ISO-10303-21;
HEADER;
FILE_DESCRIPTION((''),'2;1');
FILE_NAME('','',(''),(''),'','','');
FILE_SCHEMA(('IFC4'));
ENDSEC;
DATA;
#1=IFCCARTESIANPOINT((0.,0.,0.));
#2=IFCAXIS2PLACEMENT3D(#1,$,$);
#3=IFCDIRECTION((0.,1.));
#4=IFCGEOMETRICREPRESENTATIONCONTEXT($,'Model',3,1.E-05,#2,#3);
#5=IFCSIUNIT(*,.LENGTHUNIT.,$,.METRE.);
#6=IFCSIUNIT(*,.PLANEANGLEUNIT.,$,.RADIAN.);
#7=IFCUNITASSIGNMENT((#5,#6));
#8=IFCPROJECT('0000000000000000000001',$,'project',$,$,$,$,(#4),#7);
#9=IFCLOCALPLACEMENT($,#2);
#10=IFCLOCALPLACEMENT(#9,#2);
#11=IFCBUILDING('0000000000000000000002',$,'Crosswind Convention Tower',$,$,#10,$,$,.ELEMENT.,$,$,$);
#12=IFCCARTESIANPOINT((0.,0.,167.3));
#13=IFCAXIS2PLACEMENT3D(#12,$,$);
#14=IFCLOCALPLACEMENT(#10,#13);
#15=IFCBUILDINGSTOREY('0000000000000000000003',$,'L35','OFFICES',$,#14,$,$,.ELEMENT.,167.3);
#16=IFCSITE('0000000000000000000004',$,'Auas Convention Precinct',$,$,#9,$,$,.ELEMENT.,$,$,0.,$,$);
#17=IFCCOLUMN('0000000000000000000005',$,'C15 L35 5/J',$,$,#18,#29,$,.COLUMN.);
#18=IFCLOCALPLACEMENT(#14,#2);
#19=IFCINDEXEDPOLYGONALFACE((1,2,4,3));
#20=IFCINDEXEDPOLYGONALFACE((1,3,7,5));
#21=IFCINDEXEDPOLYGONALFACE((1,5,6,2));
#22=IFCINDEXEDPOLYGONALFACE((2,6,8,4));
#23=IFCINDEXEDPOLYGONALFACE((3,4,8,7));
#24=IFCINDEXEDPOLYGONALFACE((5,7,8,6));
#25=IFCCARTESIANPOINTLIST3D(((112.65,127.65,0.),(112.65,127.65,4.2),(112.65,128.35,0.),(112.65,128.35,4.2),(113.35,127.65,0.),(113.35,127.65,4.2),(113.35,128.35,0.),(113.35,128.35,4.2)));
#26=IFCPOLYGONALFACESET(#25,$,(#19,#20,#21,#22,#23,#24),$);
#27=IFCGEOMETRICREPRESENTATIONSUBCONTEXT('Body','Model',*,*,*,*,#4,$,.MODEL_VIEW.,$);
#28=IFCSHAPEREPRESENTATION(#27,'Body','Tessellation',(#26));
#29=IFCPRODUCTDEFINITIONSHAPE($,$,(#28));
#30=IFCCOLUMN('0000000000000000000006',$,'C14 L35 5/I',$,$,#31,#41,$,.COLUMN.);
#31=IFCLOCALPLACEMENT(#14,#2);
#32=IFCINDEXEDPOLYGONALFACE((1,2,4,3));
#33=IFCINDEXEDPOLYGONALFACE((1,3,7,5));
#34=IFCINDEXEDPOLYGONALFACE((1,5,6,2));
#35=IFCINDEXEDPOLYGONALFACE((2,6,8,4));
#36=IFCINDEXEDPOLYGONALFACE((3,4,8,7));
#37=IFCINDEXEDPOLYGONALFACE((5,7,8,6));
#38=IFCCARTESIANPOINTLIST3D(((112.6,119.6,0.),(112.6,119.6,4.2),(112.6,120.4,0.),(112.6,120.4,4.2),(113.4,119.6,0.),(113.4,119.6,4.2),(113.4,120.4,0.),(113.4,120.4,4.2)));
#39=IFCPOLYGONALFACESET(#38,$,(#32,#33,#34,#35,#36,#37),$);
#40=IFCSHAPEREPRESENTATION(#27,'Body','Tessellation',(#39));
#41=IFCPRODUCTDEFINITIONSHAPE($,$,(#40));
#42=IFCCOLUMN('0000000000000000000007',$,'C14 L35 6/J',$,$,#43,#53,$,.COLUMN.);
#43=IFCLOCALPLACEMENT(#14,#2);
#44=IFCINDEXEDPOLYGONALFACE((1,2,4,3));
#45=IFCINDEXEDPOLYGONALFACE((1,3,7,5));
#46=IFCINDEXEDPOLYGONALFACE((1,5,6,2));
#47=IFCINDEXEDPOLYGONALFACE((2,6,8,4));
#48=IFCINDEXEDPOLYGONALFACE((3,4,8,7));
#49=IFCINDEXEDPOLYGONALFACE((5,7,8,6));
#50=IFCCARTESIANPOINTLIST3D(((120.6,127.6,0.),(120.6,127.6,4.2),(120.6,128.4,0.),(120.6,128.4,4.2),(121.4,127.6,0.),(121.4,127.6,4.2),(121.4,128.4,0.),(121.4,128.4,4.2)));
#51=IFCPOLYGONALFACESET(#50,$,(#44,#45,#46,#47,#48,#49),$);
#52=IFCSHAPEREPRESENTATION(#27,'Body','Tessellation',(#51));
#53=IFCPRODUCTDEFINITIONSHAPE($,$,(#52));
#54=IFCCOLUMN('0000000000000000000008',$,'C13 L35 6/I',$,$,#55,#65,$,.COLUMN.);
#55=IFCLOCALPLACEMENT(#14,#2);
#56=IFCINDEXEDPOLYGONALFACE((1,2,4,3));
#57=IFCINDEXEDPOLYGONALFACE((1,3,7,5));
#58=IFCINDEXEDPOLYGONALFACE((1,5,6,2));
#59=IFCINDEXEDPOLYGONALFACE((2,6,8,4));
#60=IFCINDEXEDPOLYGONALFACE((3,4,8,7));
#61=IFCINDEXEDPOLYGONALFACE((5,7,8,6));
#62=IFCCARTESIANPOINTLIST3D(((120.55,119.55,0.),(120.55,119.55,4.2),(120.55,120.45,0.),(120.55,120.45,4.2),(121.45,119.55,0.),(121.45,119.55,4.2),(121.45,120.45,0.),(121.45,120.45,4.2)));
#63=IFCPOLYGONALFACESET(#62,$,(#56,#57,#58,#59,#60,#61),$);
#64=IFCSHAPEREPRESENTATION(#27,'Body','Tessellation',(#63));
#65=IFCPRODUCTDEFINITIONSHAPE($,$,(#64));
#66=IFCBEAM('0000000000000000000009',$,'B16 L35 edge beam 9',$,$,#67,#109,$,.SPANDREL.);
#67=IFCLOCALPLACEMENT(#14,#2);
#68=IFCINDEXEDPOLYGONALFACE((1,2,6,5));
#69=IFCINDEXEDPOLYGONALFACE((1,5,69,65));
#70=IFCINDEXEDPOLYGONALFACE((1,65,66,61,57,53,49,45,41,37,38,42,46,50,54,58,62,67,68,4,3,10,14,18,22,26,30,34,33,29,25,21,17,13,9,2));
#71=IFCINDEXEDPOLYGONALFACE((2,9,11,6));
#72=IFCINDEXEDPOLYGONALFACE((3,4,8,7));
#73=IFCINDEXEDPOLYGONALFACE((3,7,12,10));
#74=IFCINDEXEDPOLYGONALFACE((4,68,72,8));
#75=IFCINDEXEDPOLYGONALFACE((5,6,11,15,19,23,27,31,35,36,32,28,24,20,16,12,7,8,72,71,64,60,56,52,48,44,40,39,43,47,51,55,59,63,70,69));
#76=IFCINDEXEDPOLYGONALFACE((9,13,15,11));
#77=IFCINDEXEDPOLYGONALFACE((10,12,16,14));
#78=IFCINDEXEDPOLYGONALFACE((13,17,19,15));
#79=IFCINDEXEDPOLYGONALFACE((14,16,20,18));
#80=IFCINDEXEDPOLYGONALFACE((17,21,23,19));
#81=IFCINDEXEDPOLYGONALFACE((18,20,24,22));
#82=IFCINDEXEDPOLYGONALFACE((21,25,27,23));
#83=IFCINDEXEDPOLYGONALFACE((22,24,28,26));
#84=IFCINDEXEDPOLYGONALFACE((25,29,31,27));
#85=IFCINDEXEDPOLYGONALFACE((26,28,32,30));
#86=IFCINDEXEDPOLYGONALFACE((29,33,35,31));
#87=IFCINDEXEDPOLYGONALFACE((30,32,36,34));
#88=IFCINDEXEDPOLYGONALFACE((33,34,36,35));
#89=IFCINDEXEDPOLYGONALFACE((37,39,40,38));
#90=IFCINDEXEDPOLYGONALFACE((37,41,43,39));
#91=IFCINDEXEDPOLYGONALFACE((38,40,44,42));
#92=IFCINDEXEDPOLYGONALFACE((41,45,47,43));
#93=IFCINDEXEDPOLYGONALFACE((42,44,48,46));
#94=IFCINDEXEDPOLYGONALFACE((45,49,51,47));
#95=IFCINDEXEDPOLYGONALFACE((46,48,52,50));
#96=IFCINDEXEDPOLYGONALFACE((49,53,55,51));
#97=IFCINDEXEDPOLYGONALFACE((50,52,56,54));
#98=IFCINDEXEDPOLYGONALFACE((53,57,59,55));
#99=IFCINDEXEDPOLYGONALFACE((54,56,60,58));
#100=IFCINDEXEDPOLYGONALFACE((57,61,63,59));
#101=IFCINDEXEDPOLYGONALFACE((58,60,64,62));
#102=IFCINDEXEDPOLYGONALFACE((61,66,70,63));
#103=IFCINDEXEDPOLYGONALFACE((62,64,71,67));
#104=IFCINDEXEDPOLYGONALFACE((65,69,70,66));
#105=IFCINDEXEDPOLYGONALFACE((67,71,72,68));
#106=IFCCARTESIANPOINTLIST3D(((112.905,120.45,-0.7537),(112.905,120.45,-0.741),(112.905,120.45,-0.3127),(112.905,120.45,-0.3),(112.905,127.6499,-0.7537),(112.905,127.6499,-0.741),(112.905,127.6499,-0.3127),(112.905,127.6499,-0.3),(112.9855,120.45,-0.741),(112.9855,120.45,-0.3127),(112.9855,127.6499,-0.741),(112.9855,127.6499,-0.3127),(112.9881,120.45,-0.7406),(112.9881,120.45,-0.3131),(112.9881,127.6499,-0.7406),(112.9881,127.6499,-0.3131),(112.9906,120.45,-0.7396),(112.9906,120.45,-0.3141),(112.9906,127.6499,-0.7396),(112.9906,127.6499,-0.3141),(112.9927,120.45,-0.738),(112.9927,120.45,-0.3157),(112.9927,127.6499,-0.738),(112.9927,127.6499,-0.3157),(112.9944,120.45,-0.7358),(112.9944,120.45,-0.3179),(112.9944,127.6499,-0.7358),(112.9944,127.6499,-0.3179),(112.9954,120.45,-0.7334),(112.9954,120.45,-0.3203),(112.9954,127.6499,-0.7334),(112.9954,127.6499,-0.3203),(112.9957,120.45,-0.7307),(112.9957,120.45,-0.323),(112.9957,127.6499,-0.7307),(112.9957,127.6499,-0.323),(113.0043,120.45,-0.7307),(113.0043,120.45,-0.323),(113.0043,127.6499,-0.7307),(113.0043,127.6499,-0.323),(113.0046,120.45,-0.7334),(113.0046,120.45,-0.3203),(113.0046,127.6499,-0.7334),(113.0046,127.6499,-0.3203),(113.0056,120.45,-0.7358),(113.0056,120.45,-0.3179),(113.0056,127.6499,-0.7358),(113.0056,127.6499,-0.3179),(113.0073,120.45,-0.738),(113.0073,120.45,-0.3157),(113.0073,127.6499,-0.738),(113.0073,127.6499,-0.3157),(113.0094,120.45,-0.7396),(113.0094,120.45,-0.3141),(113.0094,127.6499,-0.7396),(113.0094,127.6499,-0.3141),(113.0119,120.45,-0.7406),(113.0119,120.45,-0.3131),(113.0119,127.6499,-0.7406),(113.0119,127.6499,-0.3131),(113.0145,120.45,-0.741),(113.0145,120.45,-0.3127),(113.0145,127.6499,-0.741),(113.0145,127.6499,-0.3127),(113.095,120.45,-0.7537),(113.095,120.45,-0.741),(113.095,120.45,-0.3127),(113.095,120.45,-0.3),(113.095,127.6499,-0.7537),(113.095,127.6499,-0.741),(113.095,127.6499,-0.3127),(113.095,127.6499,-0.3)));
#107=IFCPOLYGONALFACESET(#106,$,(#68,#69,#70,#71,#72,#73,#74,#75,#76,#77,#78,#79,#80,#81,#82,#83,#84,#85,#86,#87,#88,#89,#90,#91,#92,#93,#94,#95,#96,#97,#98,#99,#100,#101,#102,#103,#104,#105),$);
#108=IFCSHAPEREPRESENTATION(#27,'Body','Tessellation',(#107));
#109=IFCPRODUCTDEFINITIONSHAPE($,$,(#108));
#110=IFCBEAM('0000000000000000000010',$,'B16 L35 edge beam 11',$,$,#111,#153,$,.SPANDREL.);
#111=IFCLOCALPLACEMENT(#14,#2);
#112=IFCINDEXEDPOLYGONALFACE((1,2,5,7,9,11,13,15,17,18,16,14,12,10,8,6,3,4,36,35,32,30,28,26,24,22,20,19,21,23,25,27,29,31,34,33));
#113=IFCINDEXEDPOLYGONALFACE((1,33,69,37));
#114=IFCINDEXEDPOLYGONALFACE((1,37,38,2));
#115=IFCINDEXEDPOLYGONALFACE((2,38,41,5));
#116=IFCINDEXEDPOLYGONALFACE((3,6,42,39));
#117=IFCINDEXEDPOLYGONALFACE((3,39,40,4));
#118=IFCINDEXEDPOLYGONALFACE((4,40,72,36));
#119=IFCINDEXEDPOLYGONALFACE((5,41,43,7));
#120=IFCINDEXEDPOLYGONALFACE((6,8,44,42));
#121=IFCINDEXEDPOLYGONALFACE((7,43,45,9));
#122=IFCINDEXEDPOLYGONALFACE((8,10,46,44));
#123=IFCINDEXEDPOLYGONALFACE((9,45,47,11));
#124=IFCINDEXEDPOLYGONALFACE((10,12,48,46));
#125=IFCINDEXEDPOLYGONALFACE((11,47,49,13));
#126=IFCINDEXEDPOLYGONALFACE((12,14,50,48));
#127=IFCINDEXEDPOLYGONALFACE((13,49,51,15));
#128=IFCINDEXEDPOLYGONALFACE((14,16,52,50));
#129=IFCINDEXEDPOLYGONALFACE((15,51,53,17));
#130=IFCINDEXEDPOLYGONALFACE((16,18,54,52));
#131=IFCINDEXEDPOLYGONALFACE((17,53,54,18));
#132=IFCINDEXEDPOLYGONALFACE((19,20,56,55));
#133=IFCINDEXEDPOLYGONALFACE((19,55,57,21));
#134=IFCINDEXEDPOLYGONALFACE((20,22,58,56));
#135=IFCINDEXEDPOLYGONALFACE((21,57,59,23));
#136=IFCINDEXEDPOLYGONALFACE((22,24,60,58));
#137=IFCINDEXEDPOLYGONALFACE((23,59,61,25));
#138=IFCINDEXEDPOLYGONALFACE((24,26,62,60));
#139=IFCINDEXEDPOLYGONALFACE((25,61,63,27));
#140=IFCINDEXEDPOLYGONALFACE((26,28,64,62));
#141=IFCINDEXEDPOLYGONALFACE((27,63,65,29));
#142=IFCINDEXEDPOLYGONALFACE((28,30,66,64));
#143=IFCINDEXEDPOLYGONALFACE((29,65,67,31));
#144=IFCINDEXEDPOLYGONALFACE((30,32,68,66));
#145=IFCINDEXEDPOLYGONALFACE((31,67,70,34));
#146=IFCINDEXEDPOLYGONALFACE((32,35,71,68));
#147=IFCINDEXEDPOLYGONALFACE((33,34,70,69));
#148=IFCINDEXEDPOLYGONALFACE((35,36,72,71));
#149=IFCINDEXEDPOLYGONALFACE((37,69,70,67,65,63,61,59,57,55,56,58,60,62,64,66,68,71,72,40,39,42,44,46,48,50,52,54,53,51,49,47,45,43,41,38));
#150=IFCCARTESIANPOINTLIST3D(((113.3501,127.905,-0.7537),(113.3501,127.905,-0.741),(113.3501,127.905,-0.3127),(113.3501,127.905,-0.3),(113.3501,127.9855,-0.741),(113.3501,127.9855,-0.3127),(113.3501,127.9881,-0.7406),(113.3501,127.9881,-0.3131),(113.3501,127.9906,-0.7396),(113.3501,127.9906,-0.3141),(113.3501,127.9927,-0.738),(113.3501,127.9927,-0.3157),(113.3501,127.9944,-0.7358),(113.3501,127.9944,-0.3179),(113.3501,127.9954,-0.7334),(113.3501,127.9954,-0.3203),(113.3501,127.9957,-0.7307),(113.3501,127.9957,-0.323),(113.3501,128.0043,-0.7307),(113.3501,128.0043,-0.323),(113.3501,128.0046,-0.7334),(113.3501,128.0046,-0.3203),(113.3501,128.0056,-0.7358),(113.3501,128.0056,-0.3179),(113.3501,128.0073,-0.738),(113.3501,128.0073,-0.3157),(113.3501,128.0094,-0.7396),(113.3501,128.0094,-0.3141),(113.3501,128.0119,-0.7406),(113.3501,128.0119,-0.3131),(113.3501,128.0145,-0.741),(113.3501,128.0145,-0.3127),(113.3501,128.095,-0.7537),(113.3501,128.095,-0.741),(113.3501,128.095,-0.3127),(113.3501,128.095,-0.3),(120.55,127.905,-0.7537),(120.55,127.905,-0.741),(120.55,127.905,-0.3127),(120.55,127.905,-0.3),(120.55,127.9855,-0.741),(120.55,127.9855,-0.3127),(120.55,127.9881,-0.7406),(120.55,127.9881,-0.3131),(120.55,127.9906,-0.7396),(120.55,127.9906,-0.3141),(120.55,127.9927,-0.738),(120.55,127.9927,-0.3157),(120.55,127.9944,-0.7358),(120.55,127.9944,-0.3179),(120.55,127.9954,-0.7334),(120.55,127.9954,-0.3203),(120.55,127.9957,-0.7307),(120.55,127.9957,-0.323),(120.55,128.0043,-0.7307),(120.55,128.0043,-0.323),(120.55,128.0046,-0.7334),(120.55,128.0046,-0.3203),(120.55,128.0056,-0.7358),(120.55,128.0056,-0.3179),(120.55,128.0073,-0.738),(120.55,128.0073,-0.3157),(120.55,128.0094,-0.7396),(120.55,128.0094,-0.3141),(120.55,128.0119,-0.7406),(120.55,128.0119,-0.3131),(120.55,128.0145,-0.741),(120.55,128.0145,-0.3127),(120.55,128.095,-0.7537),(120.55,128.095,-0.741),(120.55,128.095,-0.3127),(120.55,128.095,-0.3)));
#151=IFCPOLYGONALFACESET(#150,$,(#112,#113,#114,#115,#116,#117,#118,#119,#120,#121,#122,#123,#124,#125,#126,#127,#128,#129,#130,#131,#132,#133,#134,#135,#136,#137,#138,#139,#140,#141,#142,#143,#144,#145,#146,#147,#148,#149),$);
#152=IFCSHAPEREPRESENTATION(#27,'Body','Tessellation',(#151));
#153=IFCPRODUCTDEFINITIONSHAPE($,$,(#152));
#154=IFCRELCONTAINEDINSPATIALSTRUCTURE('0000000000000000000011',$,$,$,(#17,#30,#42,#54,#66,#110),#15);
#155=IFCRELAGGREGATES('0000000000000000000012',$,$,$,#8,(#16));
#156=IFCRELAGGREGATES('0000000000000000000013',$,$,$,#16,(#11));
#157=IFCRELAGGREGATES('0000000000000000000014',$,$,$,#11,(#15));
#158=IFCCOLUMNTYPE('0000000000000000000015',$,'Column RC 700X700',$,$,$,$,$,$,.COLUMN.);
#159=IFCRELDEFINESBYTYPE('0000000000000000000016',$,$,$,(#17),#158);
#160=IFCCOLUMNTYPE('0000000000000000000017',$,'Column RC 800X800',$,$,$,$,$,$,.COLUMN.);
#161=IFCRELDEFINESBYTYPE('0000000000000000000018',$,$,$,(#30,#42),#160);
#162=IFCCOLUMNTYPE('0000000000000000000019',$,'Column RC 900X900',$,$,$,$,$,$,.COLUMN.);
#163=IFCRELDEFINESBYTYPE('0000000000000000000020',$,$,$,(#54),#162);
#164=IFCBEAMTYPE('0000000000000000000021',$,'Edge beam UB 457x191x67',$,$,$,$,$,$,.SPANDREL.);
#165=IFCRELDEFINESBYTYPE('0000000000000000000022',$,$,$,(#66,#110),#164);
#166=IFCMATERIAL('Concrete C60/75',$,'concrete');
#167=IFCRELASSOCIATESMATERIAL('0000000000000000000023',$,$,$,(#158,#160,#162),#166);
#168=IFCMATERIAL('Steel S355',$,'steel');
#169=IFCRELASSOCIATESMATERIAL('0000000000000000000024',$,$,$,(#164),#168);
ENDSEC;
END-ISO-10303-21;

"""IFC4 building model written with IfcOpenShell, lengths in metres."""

from ifc_helpers import new_model, si_unit, direction, frame, origin, origin_2d, place, context, subcontext, project, spatial, rectangle, i_section, extrude, material, material_profile, profile_set, type_object, element, save


model = new_model("IFC4")

# Units and contexts
model_context = context("Model", 3, precision=1e-05, world=origin(), true_north=direction((0.0, 1.0)))
body_context = subcontext(model_context, "Body", "Model", "MODEL_VIEW")
ifc_project = project(units=[si_unit("LENGTHUNIT", "METRE"), si_unit("PLANEANGLEUNIT", "RADIAN")], contexts=[model_context])

# Site, building, storey
site_placement = place(None, origin())
site = spatial("IfcSite", under=ifc_project, at=site_placement, Name="Auas Convention Precinct", CompositionType="ELEMENT", RefElevation=0.0)
building_placement = place(site_placement, origin())
building = spatial("IfcBuilding", under=site, at=building_placement, Name="Crosswind Convention Tower", CompositionType="ELEMENT")
storey_placement = place(building_placement, frame((0.0, 0.0, 167.3)))
storey = spatial("IfcBuildingStorey", under=building, at=storey_placement, Name="L35", Description="OFFICES", CompositionType="ELEMENT", Elevation=167.3)

# Columns
ifc_material_1 = material(Name="Concrete C60/75", Category="concrete")
ifc_material_profile_1 = material_profile(ifc_material_1, rectangle(XDim=0.7, YDim=0.7, at=origin_2d()), Name="RC 700X700")
ifc_profile_set_1 = profile_set([ifc_material_profile_1], Name="Concrete C60/75")
column_type_1 = type_object("IfcColumnType", Name="Column RC 700X700", PredefinedType="COLUMN", material=ifc_profile_set_1)
column_1_placement = place(storey_placement, frame((113.0, 128.0, 0.0), z_axis=(0.0, 0.0, 1.0), x_axis=(1.0, 0.0, 0.0)))
element("IfcColumn", 1, at=column_1_placement, inside=storey, type_object=column_type_1, Name="C15 L35 5/J", PredefinedType="COLUMN", context=body_context, shape_type="SweptSolid", body=[
    extrude(rectangle(XDim=0.7, YDim=0.7, at=origin_2d()), origin(), (0.0, 0.0, 1.0), 4.2),
])
ifc_material_profile_2 = material_profile(ifc_material_1, rectangle(XDim=0.8, YDim=0.8, at=origin_2d()), Name="RC 800X800")
ifc_profile_set_2 = profile_set([ifc_material_profile_2], Name="Concrete C60/75")
column_type_2 = type_object("IfcColumnType", Name="Column RC 800X800", PredefinedType="COLUMN", material=ifc_profile_set_2)
for number, where, z_axis, x_axis, name in (
    (2, (113.0, 120.0, 0.0), (0.0, 0.0, 1.0), (1.0, 0.0, 0.0), "C14 L35 5/I"),
    (3, (121.0, 128.0, 0.0), (0.0, 0.0, 1.0), (1.0, 0.0, 0.0), "C14 L35 6/J"),
):
    element("IfcColumn", number, at=place(storey_placement, frame(where, z_axis=z_axis, x_axis=x_axis)), inside=storey, type_object=column_type_2, Name=name, PredefinedType="COLUMN", context=body_context, shape_type="SweptSolid", body=[
        extrude(rectangle(XDim=0.8, YDim=0.8, at=origin_2d()), origin(), (0.0, 0.0, 1.0), 4.2),
    ])
ifc_material_profile_3 = material_profile(ifc_material_1, rectangle(XDim=0.8999, YDim=0.8999, at=origin_2d()), Name="RC 900X900")
ifc_profile_set_3 = profile_set([ifc_material_profile_3], Name="Concrete C60/75")
column_type_3 = type_object("IfcColumnType", Name="Column RC 900X900", PredefinedType="COLUMN", material=ifc_profile_set_3)
column_2_placement = place(storey_placement, frame((121.0, 120.0, 0.0), z_axis=(0.0, 0.0, 1.0), x_axis=(1.0, 0.0, 0.0)))
element("IfcColumn", 4, at=column_2_placement, inside=storey, type_object=column_type_3, Name="C13 L35 6/I", PredefinedType="COLUMN", context=body_context, shape_type="SweptSolid", body=[
    extrude(rectangle(XDim=0.8999, YDim=0.8999, at=origin_2d()), origin(), (0.0, 0.0, 1.0), 4.2),
])

# Beams
ifc_material_2 = material(Name="Steel S355", Category="steel")
ifc_material_profile_4 = material_profile(ifc_material_2, i_section(OverallWidth=0.1899, OverallDepth=0.4536, WebThickness=0.0085, FlangeThickness=0.0127, FilletRadius=0.0103, at=origin_2d()), Name="UB 457x191x67")
ifc_profile_set_4 = profile_set([ifc_material_profile_4], Name="Steel S355")
beam_type_1 = type_object("IfcBeamType", Name="Edge beam UB 457x191x67", PredefinedType="SPANDREL", material=ifc_profile_set_4)
for number, where, z_axis, x_axis, name in (
    (5, (113.0, 120.45, -0.5269), (0.0, 1.0, 0.0), (-1.0, 0.0, 0.0), "B16 L35 edge beam 9"),
    (6, (113.3501, 128.0, -0.5269), (1.0, 0.0, 0.0), (0.0, 1.0, 0.0), "B16 L35 edge beam 11"),
):
    element("IfcBeam", number, at=place(storey_placement, frame(where, z_axis=z_axis, x_axis=x_axis)), inside=storey, type_object=beam_type_1, Name=name, PredefinedType="SPANDREL", context=body_context, shape_type="SweptSolid", body=[
        extrude(i_section(OverallWidth=0.1899, OverallDepth=0.4536, WebThickness=0.0085, FlangeThickness=0.0127, FilletRadius=0.0103, at=origin_2d()), origin(), (0.0, 0.0, 1.0), 7.2),
    ])

save(model, "model.ifc")
